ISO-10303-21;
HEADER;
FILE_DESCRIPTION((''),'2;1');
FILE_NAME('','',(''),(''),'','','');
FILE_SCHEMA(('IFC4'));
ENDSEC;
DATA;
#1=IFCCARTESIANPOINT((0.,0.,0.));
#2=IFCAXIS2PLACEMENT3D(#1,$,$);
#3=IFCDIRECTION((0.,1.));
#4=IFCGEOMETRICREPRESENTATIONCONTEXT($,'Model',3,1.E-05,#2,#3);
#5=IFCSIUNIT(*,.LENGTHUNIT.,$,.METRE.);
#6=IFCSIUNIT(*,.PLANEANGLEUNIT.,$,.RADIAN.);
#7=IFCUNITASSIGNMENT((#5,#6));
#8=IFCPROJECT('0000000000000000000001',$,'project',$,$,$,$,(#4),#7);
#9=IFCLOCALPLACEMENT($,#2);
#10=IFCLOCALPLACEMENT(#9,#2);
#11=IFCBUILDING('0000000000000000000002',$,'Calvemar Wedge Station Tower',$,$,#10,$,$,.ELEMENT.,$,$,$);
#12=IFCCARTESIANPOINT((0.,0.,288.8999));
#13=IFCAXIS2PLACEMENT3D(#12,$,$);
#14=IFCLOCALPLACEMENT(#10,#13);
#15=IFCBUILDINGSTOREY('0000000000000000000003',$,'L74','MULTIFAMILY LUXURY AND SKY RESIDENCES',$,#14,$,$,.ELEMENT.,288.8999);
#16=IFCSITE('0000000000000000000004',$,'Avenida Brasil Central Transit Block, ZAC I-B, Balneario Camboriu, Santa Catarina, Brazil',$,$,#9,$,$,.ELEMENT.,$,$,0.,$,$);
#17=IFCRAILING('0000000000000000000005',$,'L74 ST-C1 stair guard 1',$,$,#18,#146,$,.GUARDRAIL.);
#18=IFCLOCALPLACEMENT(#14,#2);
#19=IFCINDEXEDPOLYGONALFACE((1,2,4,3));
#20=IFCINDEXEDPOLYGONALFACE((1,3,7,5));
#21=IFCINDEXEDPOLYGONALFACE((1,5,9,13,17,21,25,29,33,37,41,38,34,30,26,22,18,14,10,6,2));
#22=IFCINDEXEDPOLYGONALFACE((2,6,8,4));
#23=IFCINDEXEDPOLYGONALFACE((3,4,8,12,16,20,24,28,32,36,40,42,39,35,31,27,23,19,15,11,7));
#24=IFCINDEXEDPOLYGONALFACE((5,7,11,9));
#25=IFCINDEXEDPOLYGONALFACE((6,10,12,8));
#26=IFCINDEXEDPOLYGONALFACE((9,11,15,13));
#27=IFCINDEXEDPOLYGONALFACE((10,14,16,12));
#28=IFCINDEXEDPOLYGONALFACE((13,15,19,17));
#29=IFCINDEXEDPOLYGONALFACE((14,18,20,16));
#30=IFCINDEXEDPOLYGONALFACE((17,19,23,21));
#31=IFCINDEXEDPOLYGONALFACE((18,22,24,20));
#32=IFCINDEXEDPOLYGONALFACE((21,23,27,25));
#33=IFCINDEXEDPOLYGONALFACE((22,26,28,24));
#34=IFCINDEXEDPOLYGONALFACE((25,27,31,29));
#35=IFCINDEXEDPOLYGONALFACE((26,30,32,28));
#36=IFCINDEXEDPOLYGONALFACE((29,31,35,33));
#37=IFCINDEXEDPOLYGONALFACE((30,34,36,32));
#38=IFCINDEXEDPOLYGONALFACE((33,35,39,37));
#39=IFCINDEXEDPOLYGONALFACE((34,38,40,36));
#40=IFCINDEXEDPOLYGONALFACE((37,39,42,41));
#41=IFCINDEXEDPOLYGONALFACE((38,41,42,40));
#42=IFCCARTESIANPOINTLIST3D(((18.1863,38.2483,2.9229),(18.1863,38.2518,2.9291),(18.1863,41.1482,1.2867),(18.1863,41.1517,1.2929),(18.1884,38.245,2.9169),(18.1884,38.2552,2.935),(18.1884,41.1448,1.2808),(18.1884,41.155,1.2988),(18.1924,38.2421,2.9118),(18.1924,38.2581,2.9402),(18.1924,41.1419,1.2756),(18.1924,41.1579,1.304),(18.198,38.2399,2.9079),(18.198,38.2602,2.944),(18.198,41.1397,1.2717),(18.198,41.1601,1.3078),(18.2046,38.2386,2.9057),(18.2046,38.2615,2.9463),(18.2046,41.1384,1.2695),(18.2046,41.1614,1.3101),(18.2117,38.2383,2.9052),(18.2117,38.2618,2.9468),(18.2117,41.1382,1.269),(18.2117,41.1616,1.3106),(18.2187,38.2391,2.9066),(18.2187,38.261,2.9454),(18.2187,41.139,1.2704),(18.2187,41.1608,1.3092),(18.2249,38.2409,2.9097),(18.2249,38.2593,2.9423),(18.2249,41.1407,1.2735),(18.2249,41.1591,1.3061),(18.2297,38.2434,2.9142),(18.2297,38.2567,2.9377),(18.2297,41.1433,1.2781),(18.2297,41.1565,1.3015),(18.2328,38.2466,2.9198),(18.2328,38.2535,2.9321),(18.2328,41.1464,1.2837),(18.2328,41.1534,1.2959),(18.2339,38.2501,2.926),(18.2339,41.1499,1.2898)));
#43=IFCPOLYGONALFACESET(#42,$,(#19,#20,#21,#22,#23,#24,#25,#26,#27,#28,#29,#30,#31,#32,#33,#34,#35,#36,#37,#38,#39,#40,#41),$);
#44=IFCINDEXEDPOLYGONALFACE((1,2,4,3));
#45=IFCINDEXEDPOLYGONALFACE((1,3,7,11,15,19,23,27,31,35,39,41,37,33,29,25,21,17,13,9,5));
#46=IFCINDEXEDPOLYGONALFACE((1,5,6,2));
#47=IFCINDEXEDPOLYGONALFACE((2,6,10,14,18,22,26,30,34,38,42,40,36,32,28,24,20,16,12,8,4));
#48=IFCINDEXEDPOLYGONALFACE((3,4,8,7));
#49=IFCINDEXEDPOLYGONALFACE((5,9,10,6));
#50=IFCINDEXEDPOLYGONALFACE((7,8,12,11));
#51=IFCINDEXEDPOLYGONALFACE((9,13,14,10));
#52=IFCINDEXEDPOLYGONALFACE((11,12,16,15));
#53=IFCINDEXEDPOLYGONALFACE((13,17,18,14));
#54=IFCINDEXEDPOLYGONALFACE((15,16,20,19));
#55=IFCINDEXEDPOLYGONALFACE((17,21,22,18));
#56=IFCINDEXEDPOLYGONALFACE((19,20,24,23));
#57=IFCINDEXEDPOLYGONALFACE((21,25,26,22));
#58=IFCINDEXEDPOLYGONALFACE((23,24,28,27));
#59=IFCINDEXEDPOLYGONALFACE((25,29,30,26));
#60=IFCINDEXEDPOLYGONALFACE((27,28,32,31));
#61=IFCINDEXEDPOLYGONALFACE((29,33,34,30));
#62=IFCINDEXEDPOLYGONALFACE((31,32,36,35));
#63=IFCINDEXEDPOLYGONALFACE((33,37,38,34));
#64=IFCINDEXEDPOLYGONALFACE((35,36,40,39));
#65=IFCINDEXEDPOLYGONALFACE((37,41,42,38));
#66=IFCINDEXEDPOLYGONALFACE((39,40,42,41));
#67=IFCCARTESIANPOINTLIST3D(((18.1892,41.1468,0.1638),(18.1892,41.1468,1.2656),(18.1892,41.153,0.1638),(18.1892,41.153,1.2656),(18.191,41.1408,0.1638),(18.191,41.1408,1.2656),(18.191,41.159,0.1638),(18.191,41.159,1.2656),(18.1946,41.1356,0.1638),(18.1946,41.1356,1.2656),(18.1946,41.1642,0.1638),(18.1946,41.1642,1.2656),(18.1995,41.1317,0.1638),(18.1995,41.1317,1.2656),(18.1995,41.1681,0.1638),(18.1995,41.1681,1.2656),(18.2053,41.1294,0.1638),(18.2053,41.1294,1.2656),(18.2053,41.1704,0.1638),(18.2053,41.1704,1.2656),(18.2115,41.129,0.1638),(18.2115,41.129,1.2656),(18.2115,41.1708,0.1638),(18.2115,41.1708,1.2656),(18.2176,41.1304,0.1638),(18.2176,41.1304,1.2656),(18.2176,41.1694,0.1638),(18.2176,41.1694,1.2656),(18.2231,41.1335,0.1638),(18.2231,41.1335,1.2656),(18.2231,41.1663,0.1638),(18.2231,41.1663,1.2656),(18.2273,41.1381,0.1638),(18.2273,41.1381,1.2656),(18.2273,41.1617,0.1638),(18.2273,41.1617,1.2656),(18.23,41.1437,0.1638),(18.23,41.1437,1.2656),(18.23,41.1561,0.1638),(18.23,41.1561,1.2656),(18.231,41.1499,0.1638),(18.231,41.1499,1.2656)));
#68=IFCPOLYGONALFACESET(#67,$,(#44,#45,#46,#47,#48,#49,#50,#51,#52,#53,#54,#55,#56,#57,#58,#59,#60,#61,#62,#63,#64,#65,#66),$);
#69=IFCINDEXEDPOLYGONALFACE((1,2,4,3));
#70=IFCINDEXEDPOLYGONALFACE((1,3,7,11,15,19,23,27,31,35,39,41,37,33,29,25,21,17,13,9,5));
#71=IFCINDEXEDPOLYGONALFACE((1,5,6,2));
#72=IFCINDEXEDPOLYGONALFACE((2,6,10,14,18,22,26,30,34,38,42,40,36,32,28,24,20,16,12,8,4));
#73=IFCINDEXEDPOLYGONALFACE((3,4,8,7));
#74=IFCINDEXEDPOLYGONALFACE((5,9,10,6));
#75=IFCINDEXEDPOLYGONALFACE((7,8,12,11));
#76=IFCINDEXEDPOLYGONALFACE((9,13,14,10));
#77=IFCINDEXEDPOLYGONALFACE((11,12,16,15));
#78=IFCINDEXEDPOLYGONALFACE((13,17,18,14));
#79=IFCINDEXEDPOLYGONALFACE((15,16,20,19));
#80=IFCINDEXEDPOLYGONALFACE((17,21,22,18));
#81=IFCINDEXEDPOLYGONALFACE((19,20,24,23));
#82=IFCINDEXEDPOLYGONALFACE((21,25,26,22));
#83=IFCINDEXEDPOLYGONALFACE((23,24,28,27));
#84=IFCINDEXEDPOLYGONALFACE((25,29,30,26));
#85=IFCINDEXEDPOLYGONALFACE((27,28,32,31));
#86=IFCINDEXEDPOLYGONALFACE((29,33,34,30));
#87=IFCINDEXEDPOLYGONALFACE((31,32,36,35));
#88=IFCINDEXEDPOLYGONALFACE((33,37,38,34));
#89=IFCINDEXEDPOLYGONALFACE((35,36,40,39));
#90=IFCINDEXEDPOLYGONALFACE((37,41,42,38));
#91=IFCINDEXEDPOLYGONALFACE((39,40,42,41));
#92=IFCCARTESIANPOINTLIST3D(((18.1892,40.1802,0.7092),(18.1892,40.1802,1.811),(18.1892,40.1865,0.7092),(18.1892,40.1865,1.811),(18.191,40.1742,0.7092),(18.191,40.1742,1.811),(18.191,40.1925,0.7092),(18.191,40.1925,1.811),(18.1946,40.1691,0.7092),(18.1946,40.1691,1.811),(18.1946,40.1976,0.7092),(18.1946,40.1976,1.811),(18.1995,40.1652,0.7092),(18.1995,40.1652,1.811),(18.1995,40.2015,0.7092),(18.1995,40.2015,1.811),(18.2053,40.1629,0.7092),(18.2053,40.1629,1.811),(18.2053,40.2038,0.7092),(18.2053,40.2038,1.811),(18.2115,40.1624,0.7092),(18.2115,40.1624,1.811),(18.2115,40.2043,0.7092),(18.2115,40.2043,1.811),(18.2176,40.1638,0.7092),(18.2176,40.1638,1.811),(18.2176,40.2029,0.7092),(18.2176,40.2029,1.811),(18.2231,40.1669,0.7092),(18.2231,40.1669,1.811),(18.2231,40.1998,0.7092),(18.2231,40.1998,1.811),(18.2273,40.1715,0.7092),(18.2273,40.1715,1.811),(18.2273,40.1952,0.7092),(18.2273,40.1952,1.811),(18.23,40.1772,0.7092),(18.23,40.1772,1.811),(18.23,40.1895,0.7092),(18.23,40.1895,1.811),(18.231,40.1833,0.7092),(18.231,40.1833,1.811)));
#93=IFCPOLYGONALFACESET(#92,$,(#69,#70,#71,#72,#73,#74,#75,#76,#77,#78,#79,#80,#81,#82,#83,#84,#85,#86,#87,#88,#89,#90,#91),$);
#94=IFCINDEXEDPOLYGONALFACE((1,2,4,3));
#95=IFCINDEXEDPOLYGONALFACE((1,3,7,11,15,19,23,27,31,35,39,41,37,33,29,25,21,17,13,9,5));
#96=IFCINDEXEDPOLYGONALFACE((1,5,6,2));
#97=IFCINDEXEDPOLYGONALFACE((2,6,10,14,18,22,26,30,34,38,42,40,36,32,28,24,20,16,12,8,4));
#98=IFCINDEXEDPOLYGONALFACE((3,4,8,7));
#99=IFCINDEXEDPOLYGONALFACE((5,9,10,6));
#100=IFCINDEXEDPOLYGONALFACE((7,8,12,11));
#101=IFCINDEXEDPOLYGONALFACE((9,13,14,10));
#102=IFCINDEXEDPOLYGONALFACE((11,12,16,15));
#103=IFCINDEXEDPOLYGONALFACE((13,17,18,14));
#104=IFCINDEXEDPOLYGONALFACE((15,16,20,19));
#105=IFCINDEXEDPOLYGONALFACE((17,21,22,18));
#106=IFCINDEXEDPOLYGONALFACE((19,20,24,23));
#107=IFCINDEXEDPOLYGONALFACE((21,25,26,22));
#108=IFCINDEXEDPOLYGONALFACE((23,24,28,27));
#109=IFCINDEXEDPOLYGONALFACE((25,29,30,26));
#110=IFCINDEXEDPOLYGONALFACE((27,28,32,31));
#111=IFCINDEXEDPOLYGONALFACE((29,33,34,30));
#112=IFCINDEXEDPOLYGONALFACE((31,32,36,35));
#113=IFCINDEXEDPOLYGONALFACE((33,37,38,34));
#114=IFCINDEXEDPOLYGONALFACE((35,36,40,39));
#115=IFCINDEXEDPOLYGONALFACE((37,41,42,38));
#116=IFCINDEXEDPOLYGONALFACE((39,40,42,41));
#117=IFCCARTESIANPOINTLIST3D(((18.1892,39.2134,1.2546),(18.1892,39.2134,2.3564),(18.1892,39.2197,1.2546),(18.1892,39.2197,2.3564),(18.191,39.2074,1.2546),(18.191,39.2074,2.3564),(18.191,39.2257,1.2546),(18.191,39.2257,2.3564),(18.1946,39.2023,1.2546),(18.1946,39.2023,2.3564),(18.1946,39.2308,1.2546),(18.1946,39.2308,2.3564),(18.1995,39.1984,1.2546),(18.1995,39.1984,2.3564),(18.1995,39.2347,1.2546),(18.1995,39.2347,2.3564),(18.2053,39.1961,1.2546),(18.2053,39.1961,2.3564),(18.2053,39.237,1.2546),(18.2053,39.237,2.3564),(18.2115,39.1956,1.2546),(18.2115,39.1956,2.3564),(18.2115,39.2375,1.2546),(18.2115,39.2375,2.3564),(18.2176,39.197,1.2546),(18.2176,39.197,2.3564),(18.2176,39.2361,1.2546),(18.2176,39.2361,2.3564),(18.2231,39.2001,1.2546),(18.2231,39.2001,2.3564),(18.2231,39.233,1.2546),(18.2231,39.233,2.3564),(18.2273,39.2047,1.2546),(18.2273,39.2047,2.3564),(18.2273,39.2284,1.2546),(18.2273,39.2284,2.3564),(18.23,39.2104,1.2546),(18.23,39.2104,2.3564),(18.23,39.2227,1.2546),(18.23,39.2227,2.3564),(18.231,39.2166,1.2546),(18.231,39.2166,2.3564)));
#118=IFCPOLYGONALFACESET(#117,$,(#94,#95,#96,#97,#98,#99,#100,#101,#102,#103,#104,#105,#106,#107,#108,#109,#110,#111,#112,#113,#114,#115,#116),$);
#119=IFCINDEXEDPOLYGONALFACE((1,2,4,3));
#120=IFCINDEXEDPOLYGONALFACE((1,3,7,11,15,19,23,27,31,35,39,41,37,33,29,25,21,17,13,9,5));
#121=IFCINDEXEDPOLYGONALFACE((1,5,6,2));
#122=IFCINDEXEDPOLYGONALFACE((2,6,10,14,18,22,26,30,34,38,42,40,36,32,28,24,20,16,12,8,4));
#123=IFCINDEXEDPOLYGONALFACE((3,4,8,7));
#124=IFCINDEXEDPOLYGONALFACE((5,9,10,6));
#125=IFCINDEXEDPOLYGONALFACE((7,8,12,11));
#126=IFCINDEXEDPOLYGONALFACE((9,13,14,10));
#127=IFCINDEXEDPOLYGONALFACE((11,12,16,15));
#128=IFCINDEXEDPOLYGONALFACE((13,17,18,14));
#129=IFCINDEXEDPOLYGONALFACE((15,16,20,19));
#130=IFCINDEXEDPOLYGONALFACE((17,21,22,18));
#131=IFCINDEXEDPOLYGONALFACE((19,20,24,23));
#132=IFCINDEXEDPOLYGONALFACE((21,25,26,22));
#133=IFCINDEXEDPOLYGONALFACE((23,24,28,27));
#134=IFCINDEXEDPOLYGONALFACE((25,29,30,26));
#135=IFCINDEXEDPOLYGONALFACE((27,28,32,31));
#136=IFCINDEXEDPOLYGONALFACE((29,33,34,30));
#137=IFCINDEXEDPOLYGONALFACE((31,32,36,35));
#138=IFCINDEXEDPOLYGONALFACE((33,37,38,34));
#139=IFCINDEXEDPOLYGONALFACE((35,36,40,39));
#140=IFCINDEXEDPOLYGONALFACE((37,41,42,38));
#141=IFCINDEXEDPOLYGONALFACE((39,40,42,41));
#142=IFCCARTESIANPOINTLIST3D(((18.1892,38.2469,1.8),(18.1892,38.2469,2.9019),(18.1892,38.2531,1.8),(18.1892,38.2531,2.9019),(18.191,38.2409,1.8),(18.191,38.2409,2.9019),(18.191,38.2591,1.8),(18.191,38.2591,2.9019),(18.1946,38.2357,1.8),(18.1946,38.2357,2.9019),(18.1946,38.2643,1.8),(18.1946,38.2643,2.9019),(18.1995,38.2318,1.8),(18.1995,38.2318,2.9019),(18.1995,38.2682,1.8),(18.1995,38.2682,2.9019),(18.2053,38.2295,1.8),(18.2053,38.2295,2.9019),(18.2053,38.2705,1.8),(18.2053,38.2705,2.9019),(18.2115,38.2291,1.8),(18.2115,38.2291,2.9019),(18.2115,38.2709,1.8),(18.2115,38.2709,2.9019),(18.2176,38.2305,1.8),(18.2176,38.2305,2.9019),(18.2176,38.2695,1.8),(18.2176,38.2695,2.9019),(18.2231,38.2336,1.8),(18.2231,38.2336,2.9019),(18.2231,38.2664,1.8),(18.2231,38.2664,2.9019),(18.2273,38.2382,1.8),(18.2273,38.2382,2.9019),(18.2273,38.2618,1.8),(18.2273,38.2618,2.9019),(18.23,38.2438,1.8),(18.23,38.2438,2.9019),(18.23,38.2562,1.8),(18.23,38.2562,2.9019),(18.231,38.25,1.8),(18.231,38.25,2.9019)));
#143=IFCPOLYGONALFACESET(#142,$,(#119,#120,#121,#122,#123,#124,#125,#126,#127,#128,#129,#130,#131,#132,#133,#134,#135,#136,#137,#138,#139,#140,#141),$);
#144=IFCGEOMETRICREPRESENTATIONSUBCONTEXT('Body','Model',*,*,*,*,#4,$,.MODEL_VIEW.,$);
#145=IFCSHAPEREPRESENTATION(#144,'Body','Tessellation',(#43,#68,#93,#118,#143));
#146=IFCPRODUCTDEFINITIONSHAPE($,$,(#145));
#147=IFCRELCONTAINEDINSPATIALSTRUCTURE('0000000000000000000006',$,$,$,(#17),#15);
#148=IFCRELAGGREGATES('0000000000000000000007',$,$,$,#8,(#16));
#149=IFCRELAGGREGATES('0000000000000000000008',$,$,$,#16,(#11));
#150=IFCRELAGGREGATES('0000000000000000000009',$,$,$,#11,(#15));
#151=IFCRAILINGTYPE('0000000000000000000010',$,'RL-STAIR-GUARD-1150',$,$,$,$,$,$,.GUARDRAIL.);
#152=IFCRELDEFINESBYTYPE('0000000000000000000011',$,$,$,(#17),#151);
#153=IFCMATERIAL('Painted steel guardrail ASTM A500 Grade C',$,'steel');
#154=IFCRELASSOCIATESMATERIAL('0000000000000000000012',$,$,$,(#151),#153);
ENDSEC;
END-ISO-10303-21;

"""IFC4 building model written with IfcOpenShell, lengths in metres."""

from ifc_helpers import new_model, si_unit, direction, frame, origin, origin_2d, place, context, subcontext, project, spatial, circle, extrude, material, type_object, element, save


model = new_model("IFC4")

# Units and contexts
model_context = context("Model", 3, precision=1e-05, world=origin(), true_north=direction((0.0, 1.0)))
body_context = subcontext(model_context, "Body", "Model", "MODEL_VIEW")
ifc_project = project(units=[si_unit("LENGTHUNIT", "METRE"), si_unit("PLANEANGLEUNIT", "RADIAN")], contexts=[model_context])

# Site, building, storey
site_placement = place(None, origin())
site = spatial("IfcSite", under=ifc_project, at=site_placement, Name="Avenida Brasil Central Transit Block, ZAC I-B, Balneario Camboriu, Santa Catarina, Brazil", CompositionType="ELEMENT", RefElevation=0.0)
building_placement = place(site_placement, origin())
building = spatial("IfcBuilding", under=site, at=building_placement, Name="Calvemar Wedge Station Tower", CompositionType="ELEMENT")
storey_placement = place(building_placement, frame((0.0, 0.0, 288.8999)))
storey = spatial("IfcBuildingStorey", under=building, at=storey_placement, Name="L74", Description="MULTIFAMILY LUXURY AND SKY RESIDENCES", CompositionType="ELEMENT", Elevation=288.8999)

# Railing
ifc_material_1 = material(Name="Painted steel guardrail ASTM A500 Grade C", Category="steel")
railing_type_1 = type_object("IfcRailingType", Name="RL-STAIR-GUARD-1150", PredefinedType="GUARDRAIL", material=ifc_material_1)
railing_1_placement = place(storey_placement, frame((18.21, 41.1499, 0.1638)))
element("IfcRailing", 1, at=railing_1_placement, inside=storey, type_object=railing_type_1, Name="L74 ST-C1 stair guard 1", PredefinedType="GUARDRAIL", context=body_context, shape_type="SweptSolid", body=[
    extrude(circle(Radius=0.0239, at=origin_2d()), frame((0.0, 0.0, 1.126), z_axis=(0.0, -0.870929, 0.49141), x_axis=(1.0, 0.0, 0.0)), (0.0, 0.0, 1.0), 3.3296),
    extrude(circle(Radius=0.021, at=origin_2d()), origin(), (0.0, 0.0, 1.0), 1.1018),
    extrude(circle(Radius=0.021, at=origin_2d()), frame((0.0, -0.9666, 0.5454)), (0.0, 0.0, 1.0), 1.1018),
    extrude(circle(Radius=0.021, at=origin_2d()), frame((0.0, -1.9333, 1.0908)), (0.0, 0.0, 1.0), 1.1018),
    extrude(circle(Radius=0.021, at=origin_2d()), frame((0.0, -2.8999, 1.6362)), (0.0, 0.0, 1.0), 1.1018),
])

save(model, "model.ifc")
